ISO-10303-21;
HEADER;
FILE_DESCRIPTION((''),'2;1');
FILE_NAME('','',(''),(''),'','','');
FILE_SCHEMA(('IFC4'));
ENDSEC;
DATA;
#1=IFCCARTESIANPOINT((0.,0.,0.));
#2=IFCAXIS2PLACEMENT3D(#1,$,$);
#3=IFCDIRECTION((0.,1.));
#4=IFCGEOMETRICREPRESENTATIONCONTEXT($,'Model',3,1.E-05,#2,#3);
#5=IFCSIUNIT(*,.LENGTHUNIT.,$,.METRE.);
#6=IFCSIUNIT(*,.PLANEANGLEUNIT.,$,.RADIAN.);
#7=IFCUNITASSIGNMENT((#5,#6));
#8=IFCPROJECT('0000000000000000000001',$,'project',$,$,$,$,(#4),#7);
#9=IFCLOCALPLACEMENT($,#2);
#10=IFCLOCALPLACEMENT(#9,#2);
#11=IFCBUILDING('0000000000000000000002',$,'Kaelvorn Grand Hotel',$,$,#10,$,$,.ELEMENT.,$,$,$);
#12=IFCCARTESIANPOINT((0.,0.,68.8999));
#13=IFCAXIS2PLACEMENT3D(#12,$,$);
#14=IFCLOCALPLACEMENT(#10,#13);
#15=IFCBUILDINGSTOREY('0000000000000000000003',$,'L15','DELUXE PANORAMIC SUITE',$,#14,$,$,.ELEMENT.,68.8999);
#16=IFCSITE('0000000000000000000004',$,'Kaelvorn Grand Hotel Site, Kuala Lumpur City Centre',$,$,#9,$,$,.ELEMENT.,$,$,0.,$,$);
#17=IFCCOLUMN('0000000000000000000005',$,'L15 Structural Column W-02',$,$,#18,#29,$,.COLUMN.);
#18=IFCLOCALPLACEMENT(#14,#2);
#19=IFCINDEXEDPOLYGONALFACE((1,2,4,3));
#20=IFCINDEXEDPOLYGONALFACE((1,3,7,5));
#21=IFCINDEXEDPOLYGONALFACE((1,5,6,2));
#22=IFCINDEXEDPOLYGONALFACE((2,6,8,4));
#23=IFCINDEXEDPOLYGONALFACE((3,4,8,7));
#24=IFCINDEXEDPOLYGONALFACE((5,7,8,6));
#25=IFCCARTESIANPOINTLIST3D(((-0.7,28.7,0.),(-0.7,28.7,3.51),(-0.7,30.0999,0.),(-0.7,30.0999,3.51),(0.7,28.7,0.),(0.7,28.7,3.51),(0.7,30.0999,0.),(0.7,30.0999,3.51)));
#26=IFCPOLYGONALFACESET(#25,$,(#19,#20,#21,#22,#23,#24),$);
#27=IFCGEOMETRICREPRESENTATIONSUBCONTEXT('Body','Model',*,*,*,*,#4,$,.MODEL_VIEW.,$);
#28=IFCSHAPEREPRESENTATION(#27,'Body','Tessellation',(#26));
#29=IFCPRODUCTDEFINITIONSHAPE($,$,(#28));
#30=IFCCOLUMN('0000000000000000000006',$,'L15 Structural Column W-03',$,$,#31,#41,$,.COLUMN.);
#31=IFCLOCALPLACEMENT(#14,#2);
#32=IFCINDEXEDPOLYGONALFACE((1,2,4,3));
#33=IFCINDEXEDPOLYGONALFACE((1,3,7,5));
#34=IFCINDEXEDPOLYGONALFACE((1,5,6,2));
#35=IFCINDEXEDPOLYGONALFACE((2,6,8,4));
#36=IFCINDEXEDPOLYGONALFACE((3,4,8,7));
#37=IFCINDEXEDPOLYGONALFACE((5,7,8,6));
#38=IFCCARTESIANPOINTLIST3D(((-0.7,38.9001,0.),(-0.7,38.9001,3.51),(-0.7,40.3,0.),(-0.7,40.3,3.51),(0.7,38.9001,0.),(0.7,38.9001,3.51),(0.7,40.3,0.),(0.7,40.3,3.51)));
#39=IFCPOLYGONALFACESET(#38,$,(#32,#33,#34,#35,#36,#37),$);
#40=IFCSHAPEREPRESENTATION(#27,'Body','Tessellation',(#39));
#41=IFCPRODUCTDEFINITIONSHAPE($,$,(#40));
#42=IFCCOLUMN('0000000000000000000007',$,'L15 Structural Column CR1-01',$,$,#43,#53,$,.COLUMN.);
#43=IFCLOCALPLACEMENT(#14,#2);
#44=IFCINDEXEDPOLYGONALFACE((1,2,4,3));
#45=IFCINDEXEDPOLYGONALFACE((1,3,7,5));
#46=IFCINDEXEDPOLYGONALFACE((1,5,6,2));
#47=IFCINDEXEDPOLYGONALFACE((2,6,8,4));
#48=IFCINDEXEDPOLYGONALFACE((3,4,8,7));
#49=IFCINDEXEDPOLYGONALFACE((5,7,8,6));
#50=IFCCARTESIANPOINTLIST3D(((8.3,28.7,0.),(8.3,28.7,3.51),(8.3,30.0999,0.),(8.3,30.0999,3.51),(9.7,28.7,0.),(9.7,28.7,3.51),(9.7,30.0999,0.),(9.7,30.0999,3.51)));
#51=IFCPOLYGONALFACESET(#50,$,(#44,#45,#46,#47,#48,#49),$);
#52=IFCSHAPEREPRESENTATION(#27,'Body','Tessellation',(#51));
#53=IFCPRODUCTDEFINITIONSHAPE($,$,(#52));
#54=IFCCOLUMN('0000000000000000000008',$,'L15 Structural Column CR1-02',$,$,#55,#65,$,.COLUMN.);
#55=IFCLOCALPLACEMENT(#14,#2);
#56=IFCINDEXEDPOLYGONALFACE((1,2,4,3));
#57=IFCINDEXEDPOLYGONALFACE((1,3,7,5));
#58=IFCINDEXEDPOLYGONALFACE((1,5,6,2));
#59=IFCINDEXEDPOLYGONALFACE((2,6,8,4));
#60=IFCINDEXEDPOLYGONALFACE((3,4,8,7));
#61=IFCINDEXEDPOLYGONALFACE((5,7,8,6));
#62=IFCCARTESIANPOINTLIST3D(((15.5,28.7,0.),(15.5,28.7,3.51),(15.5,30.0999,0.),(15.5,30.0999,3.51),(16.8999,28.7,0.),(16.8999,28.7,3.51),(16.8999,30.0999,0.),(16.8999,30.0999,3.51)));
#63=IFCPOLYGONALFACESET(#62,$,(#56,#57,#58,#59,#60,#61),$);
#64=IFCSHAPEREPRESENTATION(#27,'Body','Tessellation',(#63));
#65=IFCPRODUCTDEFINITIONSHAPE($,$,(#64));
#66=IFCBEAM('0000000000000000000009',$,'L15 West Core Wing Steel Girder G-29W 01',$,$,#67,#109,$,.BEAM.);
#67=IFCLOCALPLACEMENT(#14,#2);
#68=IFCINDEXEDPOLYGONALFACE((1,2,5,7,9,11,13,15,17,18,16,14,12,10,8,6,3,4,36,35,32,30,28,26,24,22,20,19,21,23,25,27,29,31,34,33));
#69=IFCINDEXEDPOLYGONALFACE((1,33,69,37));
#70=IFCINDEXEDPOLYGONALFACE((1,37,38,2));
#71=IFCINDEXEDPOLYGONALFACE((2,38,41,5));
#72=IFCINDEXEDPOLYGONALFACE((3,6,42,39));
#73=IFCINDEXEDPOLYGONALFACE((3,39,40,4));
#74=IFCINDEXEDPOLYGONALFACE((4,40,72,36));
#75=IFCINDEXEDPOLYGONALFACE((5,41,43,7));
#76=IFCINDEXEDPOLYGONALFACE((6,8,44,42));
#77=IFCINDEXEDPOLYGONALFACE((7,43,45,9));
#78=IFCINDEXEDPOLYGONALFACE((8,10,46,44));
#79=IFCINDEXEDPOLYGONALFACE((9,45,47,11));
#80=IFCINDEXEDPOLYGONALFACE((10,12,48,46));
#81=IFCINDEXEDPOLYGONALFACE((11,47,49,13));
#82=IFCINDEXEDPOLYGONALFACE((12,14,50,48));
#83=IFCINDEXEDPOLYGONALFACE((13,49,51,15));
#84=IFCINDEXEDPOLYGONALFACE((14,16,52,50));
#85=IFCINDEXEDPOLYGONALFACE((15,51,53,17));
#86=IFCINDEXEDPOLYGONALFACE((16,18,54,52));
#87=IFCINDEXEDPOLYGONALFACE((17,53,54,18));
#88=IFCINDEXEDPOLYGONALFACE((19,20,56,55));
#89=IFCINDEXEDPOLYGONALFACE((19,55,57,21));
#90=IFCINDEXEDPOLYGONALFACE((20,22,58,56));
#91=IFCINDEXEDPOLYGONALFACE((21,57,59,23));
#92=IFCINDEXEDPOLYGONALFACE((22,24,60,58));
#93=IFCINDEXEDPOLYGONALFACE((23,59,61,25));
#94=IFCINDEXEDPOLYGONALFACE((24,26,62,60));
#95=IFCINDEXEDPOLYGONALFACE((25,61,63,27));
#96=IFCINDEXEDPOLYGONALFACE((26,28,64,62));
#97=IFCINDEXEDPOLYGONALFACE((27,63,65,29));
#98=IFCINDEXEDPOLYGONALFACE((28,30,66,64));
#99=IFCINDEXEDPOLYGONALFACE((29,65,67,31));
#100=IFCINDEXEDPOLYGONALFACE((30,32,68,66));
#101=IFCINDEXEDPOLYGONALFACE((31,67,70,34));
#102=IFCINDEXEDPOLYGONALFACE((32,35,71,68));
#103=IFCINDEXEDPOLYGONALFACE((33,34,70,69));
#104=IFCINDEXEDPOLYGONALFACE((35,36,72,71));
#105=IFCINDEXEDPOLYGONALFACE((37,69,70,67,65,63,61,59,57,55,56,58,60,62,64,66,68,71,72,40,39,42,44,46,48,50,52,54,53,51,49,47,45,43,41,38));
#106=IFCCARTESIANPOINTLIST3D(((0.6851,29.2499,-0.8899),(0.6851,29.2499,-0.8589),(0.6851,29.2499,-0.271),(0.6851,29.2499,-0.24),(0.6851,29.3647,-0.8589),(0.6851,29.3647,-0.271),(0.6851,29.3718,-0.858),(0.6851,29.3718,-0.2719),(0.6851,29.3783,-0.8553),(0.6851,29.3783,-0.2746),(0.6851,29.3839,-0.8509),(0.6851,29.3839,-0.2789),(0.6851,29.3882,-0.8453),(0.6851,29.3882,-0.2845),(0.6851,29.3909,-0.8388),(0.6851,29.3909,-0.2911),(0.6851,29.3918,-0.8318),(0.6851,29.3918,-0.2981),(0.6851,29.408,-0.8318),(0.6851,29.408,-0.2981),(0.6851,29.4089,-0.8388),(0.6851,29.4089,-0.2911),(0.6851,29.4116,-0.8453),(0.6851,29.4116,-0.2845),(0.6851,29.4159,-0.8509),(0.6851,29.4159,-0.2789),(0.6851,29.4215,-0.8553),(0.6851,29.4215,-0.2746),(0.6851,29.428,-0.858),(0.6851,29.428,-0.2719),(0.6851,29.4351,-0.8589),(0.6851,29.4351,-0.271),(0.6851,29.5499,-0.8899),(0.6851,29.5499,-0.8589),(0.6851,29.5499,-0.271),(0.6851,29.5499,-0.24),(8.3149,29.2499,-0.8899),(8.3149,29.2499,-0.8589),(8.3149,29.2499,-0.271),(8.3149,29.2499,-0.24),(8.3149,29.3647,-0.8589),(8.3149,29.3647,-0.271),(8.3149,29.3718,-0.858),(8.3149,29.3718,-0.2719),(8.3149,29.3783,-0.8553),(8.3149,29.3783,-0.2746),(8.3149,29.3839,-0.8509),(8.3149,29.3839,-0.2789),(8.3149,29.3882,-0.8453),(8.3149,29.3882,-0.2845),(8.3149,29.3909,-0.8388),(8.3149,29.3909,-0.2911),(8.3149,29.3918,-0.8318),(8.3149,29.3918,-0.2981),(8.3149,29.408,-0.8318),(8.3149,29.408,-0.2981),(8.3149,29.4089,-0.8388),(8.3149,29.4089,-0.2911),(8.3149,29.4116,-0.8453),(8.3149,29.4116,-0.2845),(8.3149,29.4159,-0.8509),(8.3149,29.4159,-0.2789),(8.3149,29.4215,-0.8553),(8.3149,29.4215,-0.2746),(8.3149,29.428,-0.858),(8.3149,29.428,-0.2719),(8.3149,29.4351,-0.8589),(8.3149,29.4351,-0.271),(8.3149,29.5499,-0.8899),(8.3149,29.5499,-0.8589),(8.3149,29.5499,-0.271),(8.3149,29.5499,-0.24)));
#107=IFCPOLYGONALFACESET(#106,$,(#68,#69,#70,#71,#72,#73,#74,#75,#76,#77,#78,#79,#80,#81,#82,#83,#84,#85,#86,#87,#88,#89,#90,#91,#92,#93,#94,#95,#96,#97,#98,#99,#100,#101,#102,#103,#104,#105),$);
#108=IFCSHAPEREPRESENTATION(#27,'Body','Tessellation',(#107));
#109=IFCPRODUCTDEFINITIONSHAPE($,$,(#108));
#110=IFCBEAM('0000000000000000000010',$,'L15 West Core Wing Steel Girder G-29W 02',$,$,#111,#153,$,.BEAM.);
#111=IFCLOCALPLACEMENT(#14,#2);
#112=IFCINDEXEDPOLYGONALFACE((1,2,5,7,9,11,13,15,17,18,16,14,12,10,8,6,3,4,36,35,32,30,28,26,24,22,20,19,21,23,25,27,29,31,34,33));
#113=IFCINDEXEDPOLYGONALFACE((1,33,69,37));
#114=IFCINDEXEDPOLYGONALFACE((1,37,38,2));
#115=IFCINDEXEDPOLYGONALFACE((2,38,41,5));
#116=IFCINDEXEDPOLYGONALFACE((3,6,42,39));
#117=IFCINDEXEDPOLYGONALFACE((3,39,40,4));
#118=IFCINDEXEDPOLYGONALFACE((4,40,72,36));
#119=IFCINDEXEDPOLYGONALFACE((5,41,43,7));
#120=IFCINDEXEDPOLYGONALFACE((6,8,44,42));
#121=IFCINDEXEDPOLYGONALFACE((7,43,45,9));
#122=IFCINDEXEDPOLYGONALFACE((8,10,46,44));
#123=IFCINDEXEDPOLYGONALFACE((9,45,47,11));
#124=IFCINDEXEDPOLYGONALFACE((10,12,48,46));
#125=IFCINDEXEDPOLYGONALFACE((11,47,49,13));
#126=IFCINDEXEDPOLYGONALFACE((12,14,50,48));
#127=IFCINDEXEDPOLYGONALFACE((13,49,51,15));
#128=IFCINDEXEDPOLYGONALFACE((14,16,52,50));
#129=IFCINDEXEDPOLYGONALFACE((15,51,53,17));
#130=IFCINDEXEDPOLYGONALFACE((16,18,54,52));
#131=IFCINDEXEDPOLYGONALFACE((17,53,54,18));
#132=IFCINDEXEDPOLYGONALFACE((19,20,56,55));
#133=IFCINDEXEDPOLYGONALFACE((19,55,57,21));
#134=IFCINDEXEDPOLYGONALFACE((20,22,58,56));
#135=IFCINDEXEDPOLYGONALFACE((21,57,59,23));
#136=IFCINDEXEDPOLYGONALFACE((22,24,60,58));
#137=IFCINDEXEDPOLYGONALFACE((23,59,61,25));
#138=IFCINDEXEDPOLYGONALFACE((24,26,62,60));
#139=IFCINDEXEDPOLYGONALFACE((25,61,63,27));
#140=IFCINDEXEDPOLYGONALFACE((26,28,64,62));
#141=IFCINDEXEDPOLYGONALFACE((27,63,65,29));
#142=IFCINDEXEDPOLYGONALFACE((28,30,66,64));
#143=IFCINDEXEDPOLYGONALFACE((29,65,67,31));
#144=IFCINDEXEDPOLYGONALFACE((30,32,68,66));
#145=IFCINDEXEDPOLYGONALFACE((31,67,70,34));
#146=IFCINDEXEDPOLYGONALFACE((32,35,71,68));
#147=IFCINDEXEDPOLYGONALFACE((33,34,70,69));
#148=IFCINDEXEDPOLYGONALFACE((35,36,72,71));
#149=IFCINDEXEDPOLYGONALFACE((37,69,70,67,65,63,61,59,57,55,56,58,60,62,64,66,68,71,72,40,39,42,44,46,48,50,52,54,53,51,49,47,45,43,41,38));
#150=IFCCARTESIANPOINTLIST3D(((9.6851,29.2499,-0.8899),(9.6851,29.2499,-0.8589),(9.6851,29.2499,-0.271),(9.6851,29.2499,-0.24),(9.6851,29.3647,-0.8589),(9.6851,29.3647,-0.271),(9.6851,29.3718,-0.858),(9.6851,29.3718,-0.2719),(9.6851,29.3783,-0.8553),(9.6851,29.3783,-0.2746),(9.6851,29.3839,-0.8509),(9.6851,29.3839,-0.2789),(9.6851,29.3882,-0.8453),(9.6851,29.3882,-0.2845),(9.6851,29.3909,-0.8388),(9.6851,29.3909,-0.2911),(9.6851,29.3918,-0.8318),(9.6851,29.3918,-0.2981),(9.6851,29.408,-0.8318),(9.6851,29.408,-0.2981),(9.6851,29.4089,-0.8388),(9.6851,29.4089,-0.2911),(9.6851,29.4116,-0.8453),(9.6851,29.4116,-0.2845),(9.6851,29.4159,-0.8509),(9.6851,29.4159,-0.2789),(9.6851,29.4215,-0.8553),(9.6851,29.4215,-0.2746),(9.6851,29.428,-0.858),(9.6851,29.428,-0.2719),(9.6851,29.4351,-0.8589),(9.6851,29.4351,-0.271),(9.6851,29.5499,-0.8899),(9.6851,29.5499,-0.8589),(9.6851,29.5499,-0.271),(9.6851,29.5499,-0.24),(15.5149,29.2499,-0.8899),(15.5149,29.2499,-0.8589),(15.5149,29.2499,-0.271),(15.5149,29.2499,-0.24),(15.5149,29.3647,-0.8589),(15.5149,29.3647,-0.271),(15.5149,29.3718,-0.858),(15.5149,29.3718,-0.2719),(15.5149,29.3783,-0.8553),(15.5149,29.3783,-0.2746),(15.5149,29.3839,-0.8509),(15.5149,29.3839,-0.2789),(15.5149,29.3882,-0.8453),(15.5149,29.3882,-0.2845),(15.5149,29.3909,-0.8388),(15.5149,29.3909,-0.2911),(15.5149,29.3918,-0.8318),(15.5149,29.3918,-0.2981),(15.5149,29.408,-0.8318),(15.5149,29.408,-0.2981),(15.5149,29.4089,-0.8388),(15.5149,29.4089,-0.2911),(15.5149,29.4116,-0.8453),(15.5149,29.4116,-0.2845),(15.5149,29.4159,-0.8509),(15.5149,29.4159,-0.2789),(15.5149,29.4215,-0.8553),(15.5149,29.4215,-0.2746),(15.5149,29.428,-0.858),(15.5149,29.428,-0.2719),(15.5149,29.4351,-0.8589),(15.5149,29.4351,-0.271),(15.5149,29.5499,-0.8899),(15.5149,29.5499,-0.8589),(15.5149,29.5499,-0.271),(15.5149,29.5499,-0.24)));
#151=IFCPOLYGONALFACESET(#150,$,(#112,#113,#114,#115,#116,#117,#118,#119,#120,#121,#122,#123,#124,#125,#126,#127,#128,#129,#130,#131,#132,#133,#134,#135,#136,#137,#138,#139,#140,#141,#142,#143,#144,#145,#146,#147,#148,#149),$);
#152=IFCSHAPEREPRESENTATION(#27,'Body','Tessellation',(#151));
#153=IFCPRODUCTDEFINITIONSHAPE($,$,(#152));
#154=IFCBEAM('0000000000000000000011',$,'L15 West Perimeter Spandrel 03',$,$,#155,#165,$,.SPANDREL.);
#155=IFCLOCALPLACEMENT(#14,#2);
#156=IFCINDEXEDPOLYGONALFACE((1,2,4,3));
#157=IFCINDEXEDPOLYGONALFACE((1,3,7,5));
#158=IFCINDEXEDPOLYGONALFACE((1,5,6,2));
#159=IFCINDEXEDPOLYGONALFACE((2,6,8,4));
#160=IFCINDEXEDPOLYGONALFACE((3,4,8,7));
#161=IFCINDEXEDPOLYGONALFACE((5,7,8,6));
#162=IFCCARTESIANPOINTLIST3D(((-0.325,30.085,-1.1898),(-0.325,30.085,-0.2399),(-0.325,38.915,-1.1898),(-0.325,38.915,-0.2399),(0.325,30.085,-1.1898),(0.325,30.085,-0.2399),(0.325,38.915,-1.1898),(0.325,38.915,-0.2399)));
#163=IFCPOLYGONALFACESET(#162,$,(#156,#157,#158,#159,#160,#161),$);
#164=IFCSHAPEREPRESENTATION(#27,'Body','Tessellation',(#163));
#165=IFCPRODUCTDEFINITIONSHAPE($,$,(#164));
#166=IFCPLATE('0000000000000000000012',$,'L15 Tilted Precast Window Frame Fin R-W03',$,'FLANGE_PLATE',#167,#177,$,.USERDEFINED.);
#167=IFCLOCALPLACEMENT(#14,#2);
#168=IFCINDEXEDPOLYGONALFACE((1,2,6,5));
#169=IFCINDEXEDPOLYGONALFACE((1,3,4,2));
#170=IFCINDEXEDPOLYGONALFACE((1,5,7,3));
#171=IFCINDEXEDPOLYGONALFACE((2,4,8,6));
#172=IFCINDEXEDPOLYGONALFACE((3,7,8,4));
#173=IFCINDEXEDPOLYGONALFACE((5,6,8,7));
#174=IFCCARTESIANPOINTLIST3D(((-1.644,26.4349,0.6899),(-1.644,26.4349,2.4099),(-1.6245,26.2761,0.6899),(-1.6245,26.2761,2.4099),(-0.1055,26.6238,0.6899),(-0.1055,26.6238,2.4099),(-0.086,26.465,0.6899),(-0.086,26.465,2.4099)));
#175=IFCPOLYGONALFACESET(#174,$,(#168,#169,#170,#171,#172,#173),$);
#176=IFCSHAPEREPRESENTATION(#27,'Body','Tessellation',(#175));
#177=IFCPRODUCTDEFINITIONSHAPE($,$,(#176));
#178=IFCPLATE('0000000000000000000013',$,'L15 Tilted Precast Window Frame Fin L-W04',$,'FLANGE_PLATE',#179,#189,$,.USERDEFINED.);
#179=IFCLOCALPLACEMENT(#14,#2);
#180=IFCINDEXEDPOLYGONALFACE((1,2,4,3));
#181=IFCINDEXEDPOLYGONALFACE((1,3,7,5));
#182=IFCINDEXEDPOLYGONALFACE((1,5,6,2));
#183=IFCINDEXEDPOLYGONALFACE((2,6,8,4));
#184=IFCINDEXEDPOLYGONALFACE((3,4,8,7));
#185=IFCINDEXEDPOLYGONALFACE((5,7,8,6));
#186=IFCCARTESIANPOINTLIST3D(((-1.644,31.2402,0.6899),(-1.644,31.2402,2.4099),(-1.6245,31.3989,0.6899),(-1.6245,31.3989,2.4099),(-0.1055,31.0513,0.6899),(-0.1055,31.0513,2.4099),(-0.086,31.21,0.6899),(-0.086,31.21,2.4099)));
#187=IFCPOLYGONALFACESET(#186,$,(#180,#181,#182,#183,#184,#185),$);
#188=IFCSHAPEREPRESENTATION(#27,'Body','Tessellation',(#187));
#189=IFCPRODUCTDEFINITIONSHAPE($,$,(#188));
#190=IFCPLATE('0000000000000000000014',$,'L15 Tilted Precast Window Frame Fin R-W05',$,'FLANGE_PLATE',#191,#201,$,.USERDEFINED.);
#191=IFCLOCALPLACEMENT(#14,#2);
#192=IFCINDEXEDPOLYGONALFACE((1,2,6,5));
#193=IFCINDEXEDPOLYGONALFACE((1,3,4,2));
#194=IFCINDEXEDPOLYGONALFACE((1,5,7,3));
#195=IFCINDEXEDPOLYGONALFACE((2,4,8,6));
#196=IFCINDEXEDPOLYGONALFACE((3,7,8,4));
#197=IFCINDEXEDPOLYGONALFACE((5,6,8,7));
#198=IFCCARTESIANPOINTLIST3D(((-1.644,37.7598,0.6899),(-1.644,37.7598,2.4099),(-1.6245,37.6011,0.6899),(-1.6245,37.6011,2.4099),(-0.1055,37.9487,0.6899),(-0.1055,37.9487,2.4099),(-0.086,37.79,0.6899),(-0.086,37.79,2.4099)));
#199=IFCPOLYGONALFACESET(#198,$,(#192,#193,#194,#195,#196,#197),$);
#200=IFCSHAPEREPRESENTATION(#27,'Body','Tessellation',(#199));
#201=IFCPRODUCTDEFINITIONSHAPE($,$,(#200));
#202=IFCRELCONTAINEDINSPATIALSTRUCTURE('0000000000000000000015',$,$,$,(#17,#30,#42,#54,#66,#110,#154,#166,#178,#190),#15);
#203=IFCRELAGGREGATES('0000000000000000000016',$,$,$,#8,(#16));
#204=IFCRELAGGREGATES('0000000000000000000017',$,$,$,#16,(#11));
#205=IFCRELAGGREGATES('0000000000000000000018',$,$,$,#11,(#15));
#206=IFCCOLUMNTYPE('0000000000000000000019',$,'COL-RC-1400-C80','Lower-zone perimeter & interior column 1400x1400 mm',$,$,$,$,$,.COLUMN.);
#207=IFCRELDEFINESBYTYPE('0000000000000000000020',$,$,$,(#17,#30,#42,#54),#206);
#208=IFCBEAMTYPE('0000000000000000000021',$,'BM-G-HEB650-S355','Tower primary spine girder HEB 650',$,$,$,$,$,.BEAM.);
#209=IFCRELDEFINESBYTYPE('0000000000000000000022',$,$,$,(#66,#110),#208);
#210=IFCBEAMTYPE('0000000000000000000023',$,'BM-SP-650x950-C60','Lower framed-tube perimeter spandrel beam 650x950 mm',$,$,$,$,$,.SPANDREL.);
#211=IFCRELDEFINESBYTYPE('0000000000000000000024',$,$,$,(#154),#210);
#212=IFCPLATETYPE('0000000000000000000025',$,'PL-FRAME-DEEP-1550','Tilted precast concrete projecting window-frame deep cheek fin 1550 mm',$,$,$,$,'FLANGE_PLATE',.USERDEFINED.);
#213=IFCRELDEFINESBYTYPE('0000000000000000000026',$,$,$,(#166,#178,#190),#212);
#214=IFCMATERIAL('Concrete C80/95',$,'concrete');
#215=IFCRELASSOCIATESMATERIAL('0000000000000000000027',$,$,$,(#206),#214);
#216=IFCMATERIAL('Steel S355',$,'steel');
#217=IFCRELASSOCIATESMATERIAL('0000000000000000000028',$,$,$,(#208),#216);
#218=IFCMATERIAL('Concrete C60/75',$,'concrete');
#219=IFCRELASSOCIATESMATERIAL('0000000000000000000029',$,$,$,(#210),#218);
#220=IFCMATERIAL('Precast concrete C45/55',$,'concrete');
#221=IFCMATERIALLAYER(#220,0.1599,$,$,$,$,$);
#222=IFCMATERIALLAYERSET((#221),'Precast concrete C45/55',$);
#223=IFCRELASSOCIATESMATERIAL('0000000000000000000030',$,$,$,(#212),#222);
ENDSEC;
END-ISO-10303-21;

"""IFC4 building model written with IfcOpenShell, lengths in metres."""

from ifc_helpers import new_model, si_unit, direction, frame, origin, origin_2d, place, context, subcontext, project, spatial, rectangle, i_section, extrude, material, layer, layer_set, material_profile, profile_set, type_object, element, save


model = new_model("IFC4")

# Units and contexts
model_context = context("Model", 3, precision=1e-05, world=origin(), true_north=direction((0.0, 1.0)))
body_context = subcontext(model_context, "Body", "Model", "MODEL_VIEW")
ifc_project = project(units=[si_unit("LENGTHUNIT", "METRE"), si_unit("PLANEANGLEUNIT", "RADIAN")], contexts=[model_context])

# Site, building, storey
site_placement = place(None, origin())
site = spatial("IfcSite", under=ifc_project, at=site_placement, Name="Kaelvorn Grand Hotel Site, Kuala Lumpur City Centre", CompositionType="ELEMENT", RefElevation=0.0)
building_placement = place(site_placement, origin())
building = spatial("IfcBuilding", under=site, at=building_placement, Name="Kaelvorn Grand Hotel", CompositionType="ELEMENT")
storey_placement = place(building_placement, frame((0.0, 0.0, 68.8999)))
storey = spatial("IfcBuildingStorey", under=building, at=storey_placement, Name="L15", Description="DELUXE PANORAMIC SUITE", CompositionType="ELEMENT", Elevation=68.8999)

# Columns
ifc_material_1 = material(Name="Concrete C80/95", Category="concrete")
ifc_material_profile_1 = material_profile(ifc_material_1, rectangle(XDim=1.3999, YDim=1.3999, at=origin_2d()), Name="RC COL 1400x1400")
ifc_profile_set_1 = profile_set([ifc_material_profile_1], Name="Concrete C80/95")
column_type = type_object("IfcColumnType", Name="COL-RC-1400-C80", Description="Lower-zone perimeter & interior column 1400x1400 mm", PredefinedType="COLUMN", material=ifc_profile_set_1)
for number, where, z_axis, x_axis, name in (
    (1, (0.0, 29.3999, 0.0), (0.0, 0.0, 1.0), (1.0, 0.0, 0.0), "L15 Structural Column W-02"),
    (2, (0.0, 39.6001, 0.0), (0.0, 0.0, 1.0), (1.0, 0.0, 0.0), "L15 Structural Column W-03"),
    (3, (9.0, 29.3999, 0.0), (0.0, 0.0, 1.0), (1.0, 0.0, 0.0), "L15 Structural Column CR1-01"),
    (4, (16.2, 29.3999, 0.0), (0.0, 0.0, 1.0), (1.0, 0.0, 0.0), "L15 Structural Column CR1-02"),
):
    element("IfcColumn", number, at=place(storey_placement, frame(where, z_axis=z_axis, x_axis=x_axis)), inside=storey, type_object=column_type, Name=name, PredefinedType="COLUMN", context=body_context, shape_type="SweptSolid", body=[
        extrude(rectangle(XDim=1.3999, YDim=1.3999, at=origin_2d()), origin(), (0.0, 0.0, 1.0), 3.51),
    ])

# Beams
ifc_material_2 = material(Name="Steel S355", Category="steel")
ifc_material_profile_2 = material_profile(ifc_material_2, i_section(OverallWidth=0.3, OverallDepth=0.6499, WebThickness=0.0161, FlangeThickness=0.031, FilletRadius=0.0271, at=origin_2d()), Name="HEB 650")
ifc_profile_set_2 = profile_set([ifc_material_profile_2], Name="Steel S355")
beam_type_1 = type_object("IfcBeamType", Name="BM-G-HEB650-S355", Description="Tower primary spine girder HEB 650", PredefinedType="BEAM", material=ifc_profile_set_2)
beam_1_placement = place(storey_placement, frame((0.6851, 29.3999, -0.5649), z_axis=(1.0, 0.0, 0.0), x_axis=(0.0, 1.0, 0.0)))
element("IfcBeam", 5, at=beam_1_placement, inside=storey, type_object=beam_type_1, Name="L15 West Core Wing Steel Girder G-29W 01", PredefinedType="BEAM", context=body_context, shape_type="SweptSolid", body=[
    extrude(i_section(OverallWidth=0.3, OverallDepth=0.6499, WebThickness=0.0161, FlangeThickness=0.031, FilletRadius=0.0271, at=origin_2d()), origin(), (0.0, 0.0, 1.0), 7.6299),
])
beam_2_placement = place(storey_placement, frame((9.6851, 29.3999, -0.5649), z_axis=(1.0, 0.0, 0.0), x_axis=(0.0, 1.0, 0.0)))
element("IfcBeam", 6, at=beam_2_placement, inside=storey, type_object=beam_type_1, Name="L15 West Core Wing Steel Girder G-29W 02", PredefinedType="BEAM", context=body_context, shape_type="SweptSolid", body=[
    extrude(i_section(OverallWidth=0.3, OverallDepth=0.6499, WebThickness=0.0161, FlangeThickness=0.031, FilletRadius=0.0271, at=origin_2d()), origin(), (0.0, 0.0, 1.0), 5.8298),
])
ifc_material_3 = material(Name="Concrete C60/75", Category="concrete")
ifc_material_profile_3 = material_profile(ifc_material_3, rectangle(XDim=0.6499, YDim=0.95, at=origin_2d()), Name="RC SPANDREL 650x950")
ifc_profile_set_3 = profile_set([ifc_material_profile_3], Name="Concrete C60/75")
beam_type_2 = type_object("IfcBeamType", Name="BM-SP-650x950-C60", Description="Lower framed-tube perimeter spandrel beam 650x950 mm", PredefinedType="SPANDREL", material=ifc_profile_set_3)
beam_3_placement = place(storey_placement, frame((0.0, 30.085, -0.7148), z_axis=(0.0, 1.0, 0.0), x_axis=(-1.0, 0.0, 0.0)))
element("IfcBeam", 7, at=beam_3_placement, inside=storey, type_object=beam_type_2, Name="L15 West Perimeter Spandrel 03", PredefinedType="SPANDREL", context=body_context, shape_type="SweptSolid", body=[
    extrude(rectangle(XDim=0.6499, YDim=0.95, at=origin_2d()), origin(), (0.0, 0.0, 1.0), 8.8301),
])

# Plates
ifc_material_4 = material(Name="Precast concrete C45/55", Category="concrete")
ifc_layer_1 = layer(ifc_material_4, 0.1599)
ifc_layer_set_1 = layer_set([ifc_layer_1], Name="Precast concrete C45/55")
plate_type_1 = type_object("IfcPlateType", Name="PL-FRAME-DEEP-1550", Description="Tilted precast concrete projecting window-frame deep cheek fin 1550 mm", ElementType="FLANGE_PLATE", PredefinedType="USERDEFINED", material=ifc_layer_set_1)
for number, where, z_axis, x_axis, name in (
    (8, (-0.865, 26.45, 0.6899), (0.0, 0.0, 1.0), (-0.121869, 0.992546, 0.0), "L15 Tilted Precast Window Frame Fin R-W03"),
    (9, (-0.865, 31.2251, 0.6899), (0.0, 0.0, 1.0), (0.121869, 0.992546, 0.0), "L15 Tilted Precast Window Frame Fin L-W04"),
    (10, (-0.865, 37.7749, 0.6899), (0.0, 0.0, 1.0), (-0.121869, 0.992546, 0.0), "L15 Tilted Precast Window Frame Fin R-W05"),
):
    element("IfcPlate", number, at=place(storey_placement, frame(where, z_axis=z_axis, x_axis=x_axis)), inside=storey, type_object=plate_type_1, Name=name, ObjectType="FLANGE_PLATE", PredefinedType="USERDEFINED", context=body_context, shape_type="SweptSolid", body=[
        extrude(rectangle(XDim=0.1599, YDim=1.55, at=origin_2d()), origin(), (0.0, 0.0, 1.0), 1.72),
    ])

save(model, "model.ifc")
